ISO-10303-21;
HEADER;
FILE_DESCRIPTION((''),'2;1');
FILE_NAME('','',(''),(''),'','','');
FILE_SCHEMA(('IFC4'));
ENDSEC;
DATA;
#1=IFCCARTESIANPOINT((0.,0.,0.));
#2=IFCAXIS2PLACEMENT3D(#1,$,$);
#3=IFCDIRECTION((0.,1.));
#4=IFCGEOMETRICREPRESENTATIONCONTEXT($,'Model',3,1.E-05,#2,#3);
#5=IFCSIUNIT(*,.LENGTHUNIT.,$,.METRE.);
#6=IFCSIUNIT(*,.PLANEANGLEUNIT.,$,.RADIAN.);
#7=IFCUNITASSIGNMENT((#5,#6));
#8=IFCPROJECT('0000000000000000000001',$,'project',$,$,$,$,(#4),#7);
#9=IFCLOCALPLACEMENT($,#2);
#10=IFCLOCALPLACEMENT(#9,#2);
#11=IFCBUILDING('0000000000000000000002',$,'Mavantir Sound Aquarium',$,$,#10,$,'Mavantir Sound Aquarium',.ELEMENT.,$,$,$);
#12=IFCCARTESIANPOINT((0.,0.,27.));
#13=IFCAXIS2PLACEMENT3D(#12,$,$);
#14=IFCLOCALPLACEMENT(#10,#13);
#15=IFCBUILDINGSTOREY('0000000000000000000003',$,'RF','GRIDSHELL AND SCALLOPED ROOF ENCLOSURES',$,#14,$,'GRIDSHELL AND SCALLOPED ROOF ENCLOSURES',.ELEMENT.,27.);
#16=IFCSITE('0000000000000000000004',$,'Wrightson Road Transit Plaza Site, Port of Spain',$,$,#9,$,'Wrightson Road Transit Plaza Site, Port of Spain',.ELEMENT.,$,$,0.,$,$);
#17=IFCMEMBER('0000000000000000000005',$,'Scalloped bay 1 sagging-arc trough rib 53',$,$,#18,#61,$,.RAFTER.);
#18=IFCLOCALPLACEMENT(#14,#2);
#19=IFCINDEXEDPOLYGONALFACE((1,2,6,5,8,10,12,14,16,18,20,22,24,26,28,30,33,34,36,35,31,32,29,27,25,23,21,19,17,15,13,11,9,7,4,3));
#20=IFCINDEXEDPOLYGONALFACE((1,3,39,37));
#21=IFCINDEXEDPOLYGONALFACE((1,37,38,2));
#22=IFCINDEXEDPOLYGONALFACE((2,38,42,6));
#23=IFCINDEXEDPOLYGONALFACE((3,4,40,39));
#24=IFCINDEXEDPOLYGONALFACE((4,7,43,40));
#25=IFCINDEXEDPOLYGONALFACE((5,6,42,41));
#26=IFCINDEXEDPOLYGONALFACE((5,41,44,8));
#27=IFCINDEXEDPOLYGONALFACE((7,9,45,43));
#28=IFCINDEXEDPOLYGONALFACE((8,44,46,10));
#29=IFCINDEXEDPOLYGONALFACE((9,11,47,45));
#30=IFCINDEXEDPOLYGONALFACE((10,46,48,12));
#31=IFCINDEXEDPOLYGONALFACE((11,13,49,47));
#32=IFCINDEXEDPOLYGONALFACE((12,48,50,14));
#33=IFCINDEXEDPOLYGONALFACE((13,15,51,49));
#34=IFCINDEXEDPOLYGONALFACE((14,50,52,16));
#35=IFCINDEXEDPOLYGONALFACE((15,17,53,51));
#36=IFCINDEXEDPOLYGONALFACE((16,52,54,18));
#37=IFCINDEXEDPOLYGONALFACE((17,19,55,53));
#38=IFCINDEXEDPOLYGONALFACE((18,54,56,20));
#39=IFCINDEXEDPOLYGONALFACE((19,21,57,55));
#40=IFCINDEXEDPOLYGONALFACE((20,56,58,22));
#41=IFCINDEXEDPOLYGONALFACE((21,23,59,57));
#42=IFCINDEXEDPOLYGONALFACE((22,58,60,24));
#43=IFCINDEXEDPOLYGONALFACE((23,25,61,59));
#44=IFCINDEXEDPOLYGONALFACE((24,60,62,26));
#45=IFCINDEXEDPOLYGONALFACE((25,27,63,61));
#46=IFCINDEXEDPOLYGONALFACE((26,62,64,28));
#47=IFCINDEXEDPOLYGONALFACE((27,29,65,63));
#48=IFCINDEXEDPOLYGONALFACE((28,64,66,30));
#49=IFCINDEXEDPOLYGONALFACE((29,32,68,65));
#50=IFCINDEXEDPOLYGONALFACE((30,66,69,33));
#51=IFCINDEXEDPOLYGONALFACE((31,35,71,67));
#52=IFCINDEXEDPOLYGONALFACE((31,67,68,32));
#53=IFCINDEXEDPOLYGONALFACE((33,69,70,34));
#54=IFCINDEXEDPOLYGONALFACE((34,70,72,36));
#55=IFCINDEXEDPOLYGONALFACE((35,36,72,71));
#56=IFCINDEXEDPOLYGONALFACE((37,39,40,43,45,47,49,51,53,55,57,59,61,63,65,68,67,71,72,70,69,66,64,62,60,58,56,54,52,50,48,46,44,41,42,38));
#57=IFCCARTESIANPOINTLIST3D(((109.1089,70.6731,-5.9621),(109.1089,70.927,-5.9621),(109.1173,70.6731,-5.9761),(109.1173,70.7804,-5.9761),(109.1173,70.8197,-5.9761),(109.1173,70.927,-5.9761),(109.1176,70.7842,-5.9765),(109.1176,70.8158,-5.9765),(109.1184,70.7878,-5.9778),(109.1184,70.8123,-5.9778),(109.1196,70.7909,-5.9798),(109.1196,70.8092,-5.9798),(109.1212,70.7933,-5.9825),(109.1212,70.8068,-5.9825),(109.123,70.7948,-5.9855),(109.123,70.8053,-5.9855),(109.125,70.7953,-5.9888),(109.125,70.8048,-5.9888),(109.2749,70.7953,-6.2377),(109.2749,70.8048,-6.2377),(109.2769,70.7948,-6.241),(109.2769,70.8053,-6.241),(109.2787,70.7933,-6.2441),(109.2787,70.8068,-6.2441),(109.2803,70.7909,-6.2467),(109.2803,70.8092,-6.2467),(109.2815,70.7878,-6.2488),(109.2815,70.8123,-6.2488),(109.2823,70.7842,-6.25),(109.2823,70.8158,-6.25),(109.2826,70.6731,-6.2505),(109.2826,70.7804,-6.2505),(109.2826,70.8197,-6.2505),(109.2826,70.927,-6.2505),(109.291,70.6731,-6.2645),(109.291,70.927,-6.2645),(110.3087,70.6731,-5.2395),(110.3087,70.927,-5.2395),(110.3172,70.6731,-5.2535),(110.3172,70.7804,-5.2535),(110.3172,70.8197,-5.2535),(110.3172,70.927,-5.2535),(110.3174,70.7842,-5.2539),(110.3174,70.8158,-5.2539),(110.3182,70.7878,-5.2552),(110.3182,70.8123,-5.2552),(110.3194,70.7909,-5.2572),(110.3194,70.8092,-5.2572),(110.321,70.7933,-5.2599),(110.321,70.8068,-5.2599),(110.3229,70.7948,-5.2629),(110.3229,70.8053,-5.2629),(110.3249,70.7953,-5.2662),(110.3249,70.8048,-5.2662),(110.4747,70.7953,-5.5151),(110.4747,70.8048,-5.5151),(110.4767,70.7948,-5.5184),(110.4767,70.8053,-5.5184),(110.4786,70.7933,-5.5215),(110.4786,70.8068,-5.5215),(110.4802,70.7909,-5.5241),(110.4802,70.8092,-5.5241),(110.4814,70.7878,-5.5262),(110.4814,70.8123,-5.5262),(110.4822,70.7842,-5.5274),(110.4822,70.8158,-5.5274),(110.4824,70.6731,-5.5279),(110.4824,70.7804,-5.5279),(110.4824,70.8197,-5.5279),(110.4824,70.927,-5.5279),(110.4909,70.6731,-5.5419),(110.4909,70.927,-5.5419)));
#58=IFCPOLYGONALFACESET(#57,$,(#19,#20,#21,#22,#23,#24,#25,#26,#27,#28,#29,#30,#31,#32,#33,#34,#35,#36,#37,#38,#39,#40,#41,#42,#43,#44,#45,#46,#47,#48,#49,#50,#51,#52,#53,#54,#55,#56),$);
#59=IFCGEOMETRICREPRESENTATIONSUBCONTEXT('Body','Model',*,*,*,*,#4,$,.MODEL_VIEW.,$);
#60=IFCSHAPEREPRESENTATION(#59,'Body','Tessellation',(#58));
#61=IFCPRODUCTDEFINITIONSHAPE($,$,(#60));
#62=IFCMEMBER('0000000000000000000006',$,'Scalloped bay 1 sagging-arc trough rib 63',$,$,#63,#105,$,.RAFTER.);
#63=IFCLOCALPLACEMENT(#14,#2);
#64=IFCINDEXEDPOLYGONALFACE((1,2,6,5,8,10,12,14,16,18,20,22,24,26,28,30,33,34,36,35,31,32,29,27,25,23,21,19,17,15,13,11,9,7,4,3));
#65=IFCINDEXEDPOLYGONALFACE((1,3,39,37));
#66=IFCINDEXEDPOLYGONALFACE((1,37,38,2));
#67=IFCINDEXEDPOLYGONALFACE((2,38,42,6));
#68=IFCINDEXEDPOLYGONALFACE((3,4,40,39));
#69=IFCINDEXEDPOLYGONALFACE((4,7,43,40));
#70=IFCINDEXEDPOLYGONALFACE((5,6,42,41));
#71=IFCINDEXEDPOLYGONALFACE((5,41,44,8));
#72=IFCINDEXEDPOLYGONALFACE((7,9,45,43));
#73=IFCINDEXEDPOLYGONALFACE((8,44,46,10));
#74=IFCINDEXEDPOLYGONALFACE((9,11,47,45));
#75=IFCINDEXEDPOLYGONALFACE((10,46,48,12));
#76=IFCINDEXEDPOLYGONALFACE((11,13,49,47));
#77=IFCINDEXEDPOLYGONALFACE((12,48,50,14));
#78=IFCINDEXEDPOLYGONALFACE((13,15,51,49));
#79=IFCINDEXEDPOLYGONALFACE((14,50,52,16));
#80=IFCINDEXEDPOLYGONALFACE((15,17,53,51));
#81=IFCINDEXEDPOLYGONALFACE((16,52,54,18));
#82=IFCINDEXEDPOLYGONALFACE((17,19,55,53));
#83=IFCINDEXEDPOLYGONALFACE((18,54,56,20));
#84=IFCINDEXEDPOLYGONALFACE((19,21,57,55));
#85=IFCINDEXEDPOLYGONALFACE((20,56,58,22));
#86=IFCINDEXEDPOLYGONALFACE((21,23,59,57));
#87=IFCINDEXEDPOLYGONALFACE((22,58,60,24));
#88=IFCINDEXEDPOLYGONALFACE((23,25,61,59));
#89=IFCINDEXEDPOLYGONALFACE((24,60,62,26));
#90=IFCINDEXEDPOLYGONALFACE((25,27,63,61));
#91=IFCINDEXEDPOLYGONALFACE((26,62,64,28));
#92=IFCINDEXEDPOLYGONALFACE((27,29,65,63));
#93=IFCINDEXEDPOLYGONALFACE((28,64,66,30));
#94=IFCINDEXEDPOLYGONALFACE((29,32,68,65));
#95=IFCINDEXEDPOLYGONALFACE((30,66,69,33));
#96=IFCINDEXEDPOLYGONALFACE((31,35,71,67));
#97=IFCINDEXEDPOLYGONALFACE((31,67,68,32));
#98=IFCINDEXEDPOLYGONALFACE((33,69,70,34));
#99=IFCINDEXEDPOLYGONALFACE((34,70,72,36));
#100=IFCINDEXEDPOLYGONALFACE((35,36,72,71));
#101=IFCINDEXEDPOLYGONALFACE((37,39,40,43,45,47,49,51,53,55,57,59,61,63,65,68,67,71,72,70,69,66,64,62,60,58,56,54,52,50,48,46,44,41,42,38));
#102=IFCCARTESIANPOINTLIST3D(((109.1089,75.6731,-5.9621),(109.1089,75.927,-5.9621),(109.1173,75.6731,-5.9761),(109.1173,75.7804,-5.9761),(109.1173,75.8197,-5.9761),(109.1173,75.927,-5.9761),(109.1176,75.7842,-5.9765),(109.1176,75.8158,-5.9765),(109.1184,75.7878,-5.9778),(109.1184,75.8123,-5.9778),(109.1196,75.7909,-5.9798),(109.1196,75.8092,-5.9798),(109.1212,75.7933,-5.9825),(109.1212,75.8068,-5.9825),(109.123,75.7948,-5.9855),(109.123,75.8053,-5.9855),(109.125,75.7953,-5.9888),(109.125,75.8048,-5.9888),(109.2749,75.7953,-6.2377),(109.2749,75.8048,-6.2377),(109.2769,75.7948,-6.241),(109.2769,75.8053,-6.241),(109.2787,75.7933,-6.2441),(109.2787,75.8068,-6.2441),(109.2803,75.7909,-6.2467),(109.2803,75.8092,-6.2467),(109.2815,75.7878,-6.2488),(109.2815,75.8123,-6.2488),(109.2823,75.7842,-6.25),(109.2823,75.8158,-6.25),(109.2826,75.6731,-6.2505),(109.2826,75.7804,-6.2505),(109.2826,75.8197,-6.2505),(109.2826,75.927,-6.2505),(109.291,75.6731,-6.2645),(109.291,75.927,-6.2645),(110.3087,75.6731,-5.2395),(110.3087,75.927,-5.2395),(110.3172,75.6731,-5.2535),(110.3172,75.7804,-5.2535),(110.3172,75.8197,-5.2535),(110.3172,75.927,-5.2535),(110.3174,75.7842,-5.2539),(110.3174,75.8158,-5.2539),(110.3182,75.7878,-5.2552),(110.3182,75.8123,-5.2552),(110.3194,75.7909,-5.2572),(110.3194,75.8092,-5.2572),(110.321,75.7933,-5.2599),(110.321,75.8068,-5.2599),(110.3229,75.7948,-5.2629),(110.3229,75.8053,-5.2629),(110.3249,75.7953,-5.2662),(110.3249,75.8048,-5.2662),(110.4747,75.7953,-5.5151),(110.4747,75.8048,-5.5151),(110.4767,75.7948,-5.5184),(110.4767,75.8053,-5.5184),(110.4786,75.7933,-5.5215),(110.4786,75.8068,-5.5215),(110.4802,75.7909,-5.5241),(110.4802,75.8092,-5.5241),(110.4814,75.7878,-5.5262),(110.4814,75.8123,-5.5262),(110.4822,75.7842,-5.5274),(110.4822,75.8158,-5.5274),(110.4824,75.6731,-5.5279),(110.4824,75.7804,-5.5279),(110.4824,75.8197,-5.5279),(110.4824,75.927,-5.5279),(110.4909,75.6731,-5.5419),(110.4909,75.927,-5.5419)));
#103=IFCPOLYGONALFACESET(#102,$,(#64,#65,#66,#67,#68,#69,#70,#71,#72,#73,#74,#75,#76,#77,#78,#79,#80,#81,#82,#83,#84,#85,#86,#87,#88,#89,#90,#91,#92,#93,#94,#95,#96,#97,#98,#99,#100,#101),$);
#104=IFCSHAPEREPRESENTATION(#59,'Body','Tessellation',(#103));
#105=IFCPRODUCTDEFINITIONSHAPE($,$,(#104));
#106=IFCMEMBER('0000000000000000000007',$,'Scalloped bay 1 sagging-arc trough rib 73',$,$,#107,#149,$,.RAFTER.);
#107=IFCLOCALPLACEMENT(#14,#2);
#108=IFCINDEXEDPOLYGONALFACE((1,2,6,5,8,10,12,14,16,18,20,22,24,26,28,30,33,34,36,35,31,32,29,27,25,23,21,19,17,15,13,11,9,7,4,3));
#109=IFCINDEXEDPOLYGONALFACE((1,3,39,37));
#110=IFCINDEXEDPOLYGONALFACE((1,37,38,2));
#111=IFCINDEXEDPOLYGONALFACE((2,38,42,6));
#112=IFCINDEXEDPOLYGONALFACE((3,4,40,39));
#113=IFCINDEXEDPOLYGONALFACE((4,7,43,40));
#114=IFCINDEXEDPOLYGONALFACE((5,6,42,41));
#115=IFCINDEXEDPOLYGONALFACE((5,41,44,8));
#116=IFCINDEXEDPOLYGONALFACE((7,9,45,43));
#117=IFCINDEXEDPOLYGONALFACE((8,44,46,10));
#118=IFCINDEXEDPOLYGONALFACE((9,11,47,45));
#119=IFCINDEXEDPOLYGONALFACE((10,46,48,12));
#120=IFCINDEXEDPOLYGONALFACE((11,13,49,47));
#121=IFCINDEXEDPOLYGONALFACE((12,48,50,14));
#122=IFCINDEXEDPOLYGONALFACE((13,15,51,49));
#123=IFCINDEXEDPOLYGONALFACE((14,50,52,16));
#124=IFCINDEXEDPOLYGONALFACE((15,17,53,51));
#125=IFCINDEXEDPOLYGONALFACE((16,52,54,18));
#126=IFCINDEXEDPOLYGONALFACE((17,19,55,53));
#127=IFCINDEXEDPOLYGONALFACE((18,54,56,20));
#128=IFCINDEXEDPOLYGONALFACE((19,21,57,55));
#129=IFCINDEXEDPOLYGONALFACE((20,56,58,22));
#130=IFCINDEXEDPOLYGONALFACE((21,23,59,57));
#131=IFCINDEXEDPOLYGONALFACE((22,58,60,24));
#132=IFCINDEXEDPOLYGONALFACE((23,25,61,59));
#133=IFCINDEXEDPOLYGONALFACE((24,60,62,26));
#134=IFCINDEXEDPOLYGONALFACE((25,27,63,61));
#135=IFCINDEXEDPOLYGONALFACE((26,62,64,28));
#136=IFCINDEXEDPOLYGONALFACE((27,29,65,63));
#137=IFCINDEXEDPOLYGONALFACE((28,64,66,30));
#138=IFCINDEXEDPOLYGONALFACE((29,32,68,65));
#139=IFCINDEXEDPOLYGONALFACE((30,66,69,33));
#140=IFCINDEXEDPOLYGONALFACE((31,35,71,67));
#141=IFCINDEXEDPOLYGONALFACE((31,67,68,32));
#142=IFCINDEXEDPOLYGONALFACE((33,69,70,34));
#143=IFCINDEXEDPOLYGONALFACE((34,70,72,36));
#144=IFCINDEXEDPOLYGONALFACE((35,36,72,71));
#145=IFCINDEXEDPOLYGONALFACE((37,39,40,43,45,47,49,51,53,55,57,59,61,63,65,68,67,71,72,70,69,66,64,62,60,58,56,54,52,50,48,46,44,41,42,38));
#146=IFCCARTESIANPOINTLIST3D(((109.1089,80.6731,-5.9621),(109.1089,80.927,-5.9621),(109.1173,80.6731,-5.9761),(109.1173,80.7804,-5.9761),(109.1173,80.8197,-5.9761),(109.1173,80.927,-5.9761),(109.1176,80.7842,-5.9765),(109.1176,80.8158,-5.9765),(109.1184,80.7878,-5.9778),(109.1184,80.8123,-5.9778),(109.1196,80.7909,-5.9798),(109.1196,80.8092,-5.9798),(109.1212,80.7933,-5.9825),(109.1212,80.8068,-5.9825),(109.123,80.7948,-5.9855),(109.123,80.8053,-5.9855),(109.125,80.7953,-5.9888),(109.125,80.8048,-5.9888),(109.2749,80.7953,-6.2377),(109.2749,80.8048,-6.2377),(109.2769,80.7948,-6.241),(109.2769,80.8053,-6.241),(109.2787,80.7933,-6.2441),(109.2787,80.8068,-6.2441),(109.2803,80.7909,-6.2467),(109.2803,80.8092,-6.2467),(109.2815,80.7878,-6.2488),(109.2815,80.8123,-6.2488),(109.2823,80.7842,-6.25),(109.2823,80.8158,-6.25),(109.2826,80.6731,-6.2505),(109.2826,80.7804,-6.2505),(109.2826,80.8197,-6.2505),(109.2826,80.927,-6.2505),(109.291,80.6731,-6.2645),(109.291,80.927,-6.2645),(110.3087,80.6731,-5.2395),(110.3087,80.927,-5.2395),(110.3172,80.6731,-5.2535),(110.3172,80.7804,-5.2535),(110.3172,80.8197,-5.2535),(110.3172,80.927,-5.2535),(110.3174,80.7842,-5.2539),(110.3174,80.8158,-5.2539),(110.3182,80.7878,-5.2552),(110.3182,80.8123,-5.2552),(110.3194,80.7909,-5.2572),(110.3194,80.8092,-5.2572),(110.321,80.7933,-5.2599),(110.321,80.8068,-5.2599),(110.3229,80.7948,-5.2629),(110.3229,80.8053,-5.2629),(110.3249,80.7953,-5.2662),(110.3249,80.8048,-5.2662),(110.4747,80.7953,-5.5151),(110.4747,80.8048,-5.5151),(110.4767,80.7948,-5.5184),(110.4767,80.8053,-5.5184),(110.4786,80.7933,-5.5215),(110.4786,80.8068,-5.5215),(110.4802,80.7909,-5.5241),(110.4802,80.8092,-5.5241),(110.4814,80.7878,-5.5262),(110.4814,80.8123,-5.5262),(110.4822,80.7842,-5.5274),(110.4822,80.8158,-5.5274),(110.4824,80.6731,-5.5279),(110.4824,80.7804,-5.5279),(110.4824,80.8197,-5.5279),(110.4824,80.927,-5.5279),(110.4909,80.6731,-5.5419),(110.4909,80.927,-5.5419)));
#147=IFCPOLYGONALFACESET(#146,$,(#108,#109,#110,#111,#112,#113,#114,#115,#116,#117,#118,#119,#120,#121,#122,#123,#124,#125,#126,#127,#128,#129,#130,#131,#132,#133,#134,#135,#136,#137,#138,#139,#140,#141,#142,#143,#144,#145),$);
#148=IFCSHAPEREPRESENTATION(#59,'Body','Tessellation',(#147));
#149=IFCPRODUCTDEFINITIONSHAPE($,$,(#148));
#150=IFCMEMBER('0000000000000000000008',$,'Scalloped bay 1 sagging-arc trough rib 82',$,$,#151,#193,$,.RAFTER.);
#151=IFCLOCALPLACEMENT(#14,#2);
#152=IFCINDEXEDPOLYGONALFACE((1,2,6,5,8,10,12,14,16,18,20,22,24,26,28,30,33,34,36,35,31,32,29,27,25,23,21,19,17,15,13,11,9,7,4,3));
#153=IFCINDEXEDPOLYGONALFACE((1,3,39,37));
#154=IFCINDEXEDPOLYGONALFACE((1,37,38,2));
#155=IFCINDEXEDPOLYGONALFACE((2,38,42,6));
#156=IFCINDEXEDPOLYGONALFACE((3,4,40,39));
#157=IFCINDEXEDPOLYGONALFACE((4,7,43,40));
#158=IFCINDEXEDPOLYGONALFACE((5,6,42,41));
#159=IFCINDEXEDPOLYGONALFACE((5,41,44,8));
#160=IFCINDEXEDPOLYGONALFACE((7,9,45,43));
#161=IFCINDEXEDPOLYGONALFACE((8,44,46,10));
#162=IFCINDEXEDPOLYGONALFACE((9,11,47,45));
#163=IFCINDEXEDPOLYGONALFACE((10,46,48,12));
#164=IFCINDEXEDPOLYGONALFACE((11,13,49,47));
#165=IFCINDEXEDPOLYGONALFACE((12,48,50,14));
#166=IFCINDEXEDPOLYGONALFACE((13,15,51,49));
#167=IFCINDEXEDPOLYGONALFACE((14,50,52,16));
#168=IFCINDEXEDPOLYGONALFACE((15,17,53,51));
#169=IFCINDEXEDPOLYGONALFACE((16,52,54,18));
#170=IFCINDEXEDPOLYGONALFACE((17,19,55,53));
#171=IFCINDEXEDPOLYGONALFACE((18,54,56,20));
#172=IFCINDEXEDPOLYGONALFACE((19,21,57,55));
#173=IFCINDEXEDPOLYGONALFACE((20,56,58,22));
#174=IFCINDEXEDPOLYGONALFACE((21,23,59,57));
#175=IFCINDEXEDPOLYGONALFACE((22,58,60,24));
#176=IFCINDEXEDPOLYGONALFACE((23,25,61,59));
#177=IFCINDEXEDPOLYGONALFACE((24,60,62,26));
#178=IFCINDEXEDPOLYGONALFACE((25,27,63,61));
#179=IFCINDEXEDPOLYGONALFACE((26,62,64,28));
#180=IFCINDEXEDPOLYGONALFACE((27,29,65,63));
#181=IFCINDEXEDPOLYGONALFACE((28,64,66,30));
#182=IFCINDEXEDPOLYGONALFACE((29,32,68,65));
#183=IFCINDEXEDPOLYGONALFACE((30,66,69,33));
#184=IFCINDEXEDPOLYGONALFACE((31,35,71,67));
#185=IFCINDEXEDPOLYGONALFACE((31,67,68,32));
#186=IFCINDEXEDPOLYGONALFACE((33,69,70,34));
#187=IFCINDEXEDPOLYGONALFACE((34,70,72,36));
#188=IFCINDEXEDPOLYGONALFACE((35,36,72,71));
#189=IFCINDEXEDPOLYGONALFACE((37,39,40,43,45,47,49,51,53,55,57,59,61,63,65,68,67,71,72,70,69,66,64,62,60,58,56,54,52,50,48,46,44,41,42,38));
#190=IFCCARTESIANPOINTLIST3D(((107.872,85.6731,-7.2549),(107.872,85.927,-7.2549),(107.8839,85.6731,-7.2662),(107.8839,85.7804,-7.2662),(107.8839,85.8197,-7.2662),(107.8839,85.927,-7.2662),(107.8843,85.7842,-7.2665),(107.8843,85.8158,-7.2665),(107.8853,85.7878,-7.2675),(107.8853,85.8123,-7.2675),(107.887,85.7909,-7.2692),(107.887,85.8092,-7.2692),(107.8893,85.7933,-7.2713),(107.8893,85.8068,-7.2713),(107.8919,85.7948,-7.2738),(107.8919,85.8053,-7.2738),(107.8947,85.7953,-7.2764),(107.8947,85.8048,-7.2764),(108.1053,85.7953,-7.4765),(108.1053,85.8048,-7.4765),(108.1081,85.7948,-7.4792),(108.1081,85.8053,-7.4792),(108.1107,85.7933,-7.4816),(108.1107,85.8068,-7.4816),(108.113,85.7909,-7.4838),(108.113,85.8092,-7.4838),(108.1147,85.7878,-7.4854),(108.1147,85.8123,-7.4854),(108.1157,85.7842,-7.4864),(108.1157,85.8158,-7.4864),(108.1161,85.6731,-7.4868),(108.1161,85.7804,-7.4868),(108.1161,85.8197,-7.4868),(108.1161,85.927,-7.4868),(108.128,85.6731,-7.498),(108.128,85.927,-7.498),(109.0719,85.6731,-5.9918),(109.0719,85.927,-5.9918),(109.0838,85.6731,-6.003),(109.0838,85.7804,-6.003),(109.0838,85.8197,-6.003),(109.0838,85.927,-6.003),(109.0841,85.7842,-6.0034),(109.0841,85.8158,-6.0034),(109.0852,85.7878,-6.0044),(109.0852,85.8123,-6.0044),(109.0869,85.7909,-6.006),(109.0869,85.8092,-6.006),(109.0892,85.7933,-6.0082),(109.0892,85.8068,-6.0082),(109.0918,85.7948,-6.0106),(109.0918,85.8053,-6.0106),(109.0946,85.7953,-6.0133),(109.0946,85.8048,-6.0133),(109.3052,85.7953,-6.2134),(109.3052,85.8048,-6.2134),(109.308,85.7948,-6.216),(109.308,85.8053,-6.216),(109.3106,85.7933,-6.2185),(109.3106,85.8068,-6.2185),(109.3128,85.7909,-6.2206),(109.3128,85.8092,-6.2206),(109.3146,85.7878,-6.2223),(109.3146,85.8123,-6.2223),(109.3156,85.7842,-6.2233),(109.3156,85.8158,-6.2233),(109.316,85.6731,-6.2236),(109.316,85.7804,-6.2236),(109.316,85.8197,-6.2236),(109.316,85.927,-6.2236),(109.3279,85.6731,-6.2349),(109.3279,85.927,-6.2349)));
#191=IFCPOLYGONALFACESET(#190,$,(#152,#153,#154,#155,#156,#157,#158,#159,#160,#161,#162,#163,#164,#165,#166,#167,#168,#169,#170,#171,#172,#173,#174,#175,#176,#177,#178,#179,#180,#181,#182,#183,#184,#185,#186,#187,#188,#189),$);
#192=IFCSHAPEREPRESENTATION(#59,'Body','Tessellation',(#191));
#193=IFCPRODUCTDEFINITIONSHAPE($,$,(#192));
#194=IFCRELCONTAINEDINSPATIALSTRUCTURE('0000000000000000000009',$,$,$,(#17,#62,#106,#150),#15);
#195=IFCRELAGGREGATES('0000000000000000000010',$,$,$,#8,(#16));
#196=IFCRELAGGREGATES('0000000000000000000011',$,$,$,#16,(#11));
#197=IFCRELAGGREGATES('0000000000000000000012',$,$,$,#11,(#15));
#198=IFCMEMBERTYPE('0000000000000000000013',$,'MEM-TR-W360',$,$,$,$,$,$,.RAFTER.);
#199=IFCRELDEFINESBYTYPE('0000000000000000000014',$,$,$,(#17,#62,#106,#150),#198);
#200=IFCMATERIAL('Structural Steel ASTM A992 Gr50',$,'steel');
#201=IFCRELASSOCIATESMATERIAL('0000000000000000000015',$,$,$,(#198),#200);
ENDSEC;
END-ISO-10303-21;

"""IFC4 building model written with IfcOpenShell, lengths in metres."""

from ifc_helpers import new_model, si_unit, direction, frame, origin, origin_2d, place, context, subcontext, project, spatial, i_section, extrude, material, material_profile, profile_set, type_object, element, save


model = new_model("IFC4")

# Units and contexts
model_context = context("Model", 3, precision=1e-05, world=origin(), true_north=direction((0.0, 1.0)))
body_context = subcontext(model_context, "Body", "Model", "MODEL_VIEW")
ifc_project = project(units=[si_unit("LENGTHUNIT", "METRE"), si_unit("PLANEANGLEUNIT", "RADIAN")], contexts=[model_context])

# Site, building, storey
site_placement = place(None, origin())
site = spatial("IfcSite", under=ifc_project, at=site_placement, Name="Wrightson Road Transit Plaza Site, Port of Spain", LongName="Wrightson Road Transit Plaza Site, Port of Spain", CompositionType="ELEMENT", RefElevation=0.0)
building_placement = place(site_placement, origin())
building = spatial("IfcBuilding", under=site, at=building_placement, Name="Mavantir Sound Aquarium", LongName="Mavantir Sound Aquarium", CompositionType="ELEMENT")
storey_placement = place(building_placement, frame((0.0, 0.0, 27.0)))
storey = spatial("IfcBuildingStorey", under=building, at=storey_placement, Name="RF", Description="GRIDSHELL AND SCALLOPED ROOF ENCLOSURES", LongName="GRIDSHELL AND SCALLOPED ROOF ENCLOSURES", CompositionType="ELEMENT", Elevation=27.0)

# Shared definitions
ifc_material_1 = material(Name="Structural Steel ASTM A992 Gr50", Category="steel")

# Members
ifc_material_profile_1 = material_profile(ifc_material_1, i_section(OverallWidth=0.2539, OverallDepth=0.353, WebThickness=0.0095, FlangeThickness=0.0164, FilletRadius=0.0149, at=origin_2d()), Name="W360X91")
ifc_profile_set_1 = profile_set([ifc_material_profile_1], Name="Structural Steel ASTM A992 Gr50")
member_type_1 = type_object("IfcMemberType", Name="MEM-TR-W360", PredefinedType="RAFTER", material=ifc_profile_set_1)
for number, where, z_axis, x_axis, name in (
    (1, (109.2, 70.8, -6.1133), (0.856646, 0.0, 0.515905), (0.0, 1.0, 0.0), "Scalloped bay 1 sagging-arc trough rib 53"),
    (2, (109.2, 75.8, -6.1133), (0.856646, 0.0, 0.515905), (0.0, 1.0, 0.0), "Scalloped bay 1 sagging-arc trough rib 63"),
    (3, (109.2, 80.8, -6.1133), (0.856646, 0.0, 0.515905), (0.0, 1.0, 0.0), "Scalloped bay 1 sagging-arc trough rib 73"),
):
    element("IfcMember", number, at=place(storey_placement, frame(where, z_axis=z_axis, x_axis=x_axis)), inside=storey, type_object=member_type_1, Name=name, PredefinedType="RAFTER", context=body_context, shape_type="SweptSolid", body=[
        extrude(i_section(OverallWidth=0.2539, OverallDepth=0.353, WebThickness=0.0095, FlangeThickness=0.0164, FilletRadius=0.0149, at=origin_2d()), origin(), (0.0, 0.0, 1.0), 1.4006),
    ])
member_1_placement = place(storey_placement, frame((108.0, 85.8, -7.3765), z_axis=(0.688727, 0.0, 0.72502), x_axis=(0.0, 1.0, 0.0)))
element("IfcMember", 4, at=member_1_placement, inside=storey, type_object=member_type_1, Name="Scalloped bay 1 sagging-arc trough rib 82", PredefinedType="RAFTER", context=body_context, shape_type="SweptSolid", body=[
    extrude(i_section(OverallWidth=0.2539, OverallDepth=0.353, WebThickness=0.0095, FlangeThickness=0.0164, FilletRadius=0.0149, at=origin_2d()), origin(), (0.0, 0.0, 1.0), 1.7422),
])

save(model, "model.ifc")
